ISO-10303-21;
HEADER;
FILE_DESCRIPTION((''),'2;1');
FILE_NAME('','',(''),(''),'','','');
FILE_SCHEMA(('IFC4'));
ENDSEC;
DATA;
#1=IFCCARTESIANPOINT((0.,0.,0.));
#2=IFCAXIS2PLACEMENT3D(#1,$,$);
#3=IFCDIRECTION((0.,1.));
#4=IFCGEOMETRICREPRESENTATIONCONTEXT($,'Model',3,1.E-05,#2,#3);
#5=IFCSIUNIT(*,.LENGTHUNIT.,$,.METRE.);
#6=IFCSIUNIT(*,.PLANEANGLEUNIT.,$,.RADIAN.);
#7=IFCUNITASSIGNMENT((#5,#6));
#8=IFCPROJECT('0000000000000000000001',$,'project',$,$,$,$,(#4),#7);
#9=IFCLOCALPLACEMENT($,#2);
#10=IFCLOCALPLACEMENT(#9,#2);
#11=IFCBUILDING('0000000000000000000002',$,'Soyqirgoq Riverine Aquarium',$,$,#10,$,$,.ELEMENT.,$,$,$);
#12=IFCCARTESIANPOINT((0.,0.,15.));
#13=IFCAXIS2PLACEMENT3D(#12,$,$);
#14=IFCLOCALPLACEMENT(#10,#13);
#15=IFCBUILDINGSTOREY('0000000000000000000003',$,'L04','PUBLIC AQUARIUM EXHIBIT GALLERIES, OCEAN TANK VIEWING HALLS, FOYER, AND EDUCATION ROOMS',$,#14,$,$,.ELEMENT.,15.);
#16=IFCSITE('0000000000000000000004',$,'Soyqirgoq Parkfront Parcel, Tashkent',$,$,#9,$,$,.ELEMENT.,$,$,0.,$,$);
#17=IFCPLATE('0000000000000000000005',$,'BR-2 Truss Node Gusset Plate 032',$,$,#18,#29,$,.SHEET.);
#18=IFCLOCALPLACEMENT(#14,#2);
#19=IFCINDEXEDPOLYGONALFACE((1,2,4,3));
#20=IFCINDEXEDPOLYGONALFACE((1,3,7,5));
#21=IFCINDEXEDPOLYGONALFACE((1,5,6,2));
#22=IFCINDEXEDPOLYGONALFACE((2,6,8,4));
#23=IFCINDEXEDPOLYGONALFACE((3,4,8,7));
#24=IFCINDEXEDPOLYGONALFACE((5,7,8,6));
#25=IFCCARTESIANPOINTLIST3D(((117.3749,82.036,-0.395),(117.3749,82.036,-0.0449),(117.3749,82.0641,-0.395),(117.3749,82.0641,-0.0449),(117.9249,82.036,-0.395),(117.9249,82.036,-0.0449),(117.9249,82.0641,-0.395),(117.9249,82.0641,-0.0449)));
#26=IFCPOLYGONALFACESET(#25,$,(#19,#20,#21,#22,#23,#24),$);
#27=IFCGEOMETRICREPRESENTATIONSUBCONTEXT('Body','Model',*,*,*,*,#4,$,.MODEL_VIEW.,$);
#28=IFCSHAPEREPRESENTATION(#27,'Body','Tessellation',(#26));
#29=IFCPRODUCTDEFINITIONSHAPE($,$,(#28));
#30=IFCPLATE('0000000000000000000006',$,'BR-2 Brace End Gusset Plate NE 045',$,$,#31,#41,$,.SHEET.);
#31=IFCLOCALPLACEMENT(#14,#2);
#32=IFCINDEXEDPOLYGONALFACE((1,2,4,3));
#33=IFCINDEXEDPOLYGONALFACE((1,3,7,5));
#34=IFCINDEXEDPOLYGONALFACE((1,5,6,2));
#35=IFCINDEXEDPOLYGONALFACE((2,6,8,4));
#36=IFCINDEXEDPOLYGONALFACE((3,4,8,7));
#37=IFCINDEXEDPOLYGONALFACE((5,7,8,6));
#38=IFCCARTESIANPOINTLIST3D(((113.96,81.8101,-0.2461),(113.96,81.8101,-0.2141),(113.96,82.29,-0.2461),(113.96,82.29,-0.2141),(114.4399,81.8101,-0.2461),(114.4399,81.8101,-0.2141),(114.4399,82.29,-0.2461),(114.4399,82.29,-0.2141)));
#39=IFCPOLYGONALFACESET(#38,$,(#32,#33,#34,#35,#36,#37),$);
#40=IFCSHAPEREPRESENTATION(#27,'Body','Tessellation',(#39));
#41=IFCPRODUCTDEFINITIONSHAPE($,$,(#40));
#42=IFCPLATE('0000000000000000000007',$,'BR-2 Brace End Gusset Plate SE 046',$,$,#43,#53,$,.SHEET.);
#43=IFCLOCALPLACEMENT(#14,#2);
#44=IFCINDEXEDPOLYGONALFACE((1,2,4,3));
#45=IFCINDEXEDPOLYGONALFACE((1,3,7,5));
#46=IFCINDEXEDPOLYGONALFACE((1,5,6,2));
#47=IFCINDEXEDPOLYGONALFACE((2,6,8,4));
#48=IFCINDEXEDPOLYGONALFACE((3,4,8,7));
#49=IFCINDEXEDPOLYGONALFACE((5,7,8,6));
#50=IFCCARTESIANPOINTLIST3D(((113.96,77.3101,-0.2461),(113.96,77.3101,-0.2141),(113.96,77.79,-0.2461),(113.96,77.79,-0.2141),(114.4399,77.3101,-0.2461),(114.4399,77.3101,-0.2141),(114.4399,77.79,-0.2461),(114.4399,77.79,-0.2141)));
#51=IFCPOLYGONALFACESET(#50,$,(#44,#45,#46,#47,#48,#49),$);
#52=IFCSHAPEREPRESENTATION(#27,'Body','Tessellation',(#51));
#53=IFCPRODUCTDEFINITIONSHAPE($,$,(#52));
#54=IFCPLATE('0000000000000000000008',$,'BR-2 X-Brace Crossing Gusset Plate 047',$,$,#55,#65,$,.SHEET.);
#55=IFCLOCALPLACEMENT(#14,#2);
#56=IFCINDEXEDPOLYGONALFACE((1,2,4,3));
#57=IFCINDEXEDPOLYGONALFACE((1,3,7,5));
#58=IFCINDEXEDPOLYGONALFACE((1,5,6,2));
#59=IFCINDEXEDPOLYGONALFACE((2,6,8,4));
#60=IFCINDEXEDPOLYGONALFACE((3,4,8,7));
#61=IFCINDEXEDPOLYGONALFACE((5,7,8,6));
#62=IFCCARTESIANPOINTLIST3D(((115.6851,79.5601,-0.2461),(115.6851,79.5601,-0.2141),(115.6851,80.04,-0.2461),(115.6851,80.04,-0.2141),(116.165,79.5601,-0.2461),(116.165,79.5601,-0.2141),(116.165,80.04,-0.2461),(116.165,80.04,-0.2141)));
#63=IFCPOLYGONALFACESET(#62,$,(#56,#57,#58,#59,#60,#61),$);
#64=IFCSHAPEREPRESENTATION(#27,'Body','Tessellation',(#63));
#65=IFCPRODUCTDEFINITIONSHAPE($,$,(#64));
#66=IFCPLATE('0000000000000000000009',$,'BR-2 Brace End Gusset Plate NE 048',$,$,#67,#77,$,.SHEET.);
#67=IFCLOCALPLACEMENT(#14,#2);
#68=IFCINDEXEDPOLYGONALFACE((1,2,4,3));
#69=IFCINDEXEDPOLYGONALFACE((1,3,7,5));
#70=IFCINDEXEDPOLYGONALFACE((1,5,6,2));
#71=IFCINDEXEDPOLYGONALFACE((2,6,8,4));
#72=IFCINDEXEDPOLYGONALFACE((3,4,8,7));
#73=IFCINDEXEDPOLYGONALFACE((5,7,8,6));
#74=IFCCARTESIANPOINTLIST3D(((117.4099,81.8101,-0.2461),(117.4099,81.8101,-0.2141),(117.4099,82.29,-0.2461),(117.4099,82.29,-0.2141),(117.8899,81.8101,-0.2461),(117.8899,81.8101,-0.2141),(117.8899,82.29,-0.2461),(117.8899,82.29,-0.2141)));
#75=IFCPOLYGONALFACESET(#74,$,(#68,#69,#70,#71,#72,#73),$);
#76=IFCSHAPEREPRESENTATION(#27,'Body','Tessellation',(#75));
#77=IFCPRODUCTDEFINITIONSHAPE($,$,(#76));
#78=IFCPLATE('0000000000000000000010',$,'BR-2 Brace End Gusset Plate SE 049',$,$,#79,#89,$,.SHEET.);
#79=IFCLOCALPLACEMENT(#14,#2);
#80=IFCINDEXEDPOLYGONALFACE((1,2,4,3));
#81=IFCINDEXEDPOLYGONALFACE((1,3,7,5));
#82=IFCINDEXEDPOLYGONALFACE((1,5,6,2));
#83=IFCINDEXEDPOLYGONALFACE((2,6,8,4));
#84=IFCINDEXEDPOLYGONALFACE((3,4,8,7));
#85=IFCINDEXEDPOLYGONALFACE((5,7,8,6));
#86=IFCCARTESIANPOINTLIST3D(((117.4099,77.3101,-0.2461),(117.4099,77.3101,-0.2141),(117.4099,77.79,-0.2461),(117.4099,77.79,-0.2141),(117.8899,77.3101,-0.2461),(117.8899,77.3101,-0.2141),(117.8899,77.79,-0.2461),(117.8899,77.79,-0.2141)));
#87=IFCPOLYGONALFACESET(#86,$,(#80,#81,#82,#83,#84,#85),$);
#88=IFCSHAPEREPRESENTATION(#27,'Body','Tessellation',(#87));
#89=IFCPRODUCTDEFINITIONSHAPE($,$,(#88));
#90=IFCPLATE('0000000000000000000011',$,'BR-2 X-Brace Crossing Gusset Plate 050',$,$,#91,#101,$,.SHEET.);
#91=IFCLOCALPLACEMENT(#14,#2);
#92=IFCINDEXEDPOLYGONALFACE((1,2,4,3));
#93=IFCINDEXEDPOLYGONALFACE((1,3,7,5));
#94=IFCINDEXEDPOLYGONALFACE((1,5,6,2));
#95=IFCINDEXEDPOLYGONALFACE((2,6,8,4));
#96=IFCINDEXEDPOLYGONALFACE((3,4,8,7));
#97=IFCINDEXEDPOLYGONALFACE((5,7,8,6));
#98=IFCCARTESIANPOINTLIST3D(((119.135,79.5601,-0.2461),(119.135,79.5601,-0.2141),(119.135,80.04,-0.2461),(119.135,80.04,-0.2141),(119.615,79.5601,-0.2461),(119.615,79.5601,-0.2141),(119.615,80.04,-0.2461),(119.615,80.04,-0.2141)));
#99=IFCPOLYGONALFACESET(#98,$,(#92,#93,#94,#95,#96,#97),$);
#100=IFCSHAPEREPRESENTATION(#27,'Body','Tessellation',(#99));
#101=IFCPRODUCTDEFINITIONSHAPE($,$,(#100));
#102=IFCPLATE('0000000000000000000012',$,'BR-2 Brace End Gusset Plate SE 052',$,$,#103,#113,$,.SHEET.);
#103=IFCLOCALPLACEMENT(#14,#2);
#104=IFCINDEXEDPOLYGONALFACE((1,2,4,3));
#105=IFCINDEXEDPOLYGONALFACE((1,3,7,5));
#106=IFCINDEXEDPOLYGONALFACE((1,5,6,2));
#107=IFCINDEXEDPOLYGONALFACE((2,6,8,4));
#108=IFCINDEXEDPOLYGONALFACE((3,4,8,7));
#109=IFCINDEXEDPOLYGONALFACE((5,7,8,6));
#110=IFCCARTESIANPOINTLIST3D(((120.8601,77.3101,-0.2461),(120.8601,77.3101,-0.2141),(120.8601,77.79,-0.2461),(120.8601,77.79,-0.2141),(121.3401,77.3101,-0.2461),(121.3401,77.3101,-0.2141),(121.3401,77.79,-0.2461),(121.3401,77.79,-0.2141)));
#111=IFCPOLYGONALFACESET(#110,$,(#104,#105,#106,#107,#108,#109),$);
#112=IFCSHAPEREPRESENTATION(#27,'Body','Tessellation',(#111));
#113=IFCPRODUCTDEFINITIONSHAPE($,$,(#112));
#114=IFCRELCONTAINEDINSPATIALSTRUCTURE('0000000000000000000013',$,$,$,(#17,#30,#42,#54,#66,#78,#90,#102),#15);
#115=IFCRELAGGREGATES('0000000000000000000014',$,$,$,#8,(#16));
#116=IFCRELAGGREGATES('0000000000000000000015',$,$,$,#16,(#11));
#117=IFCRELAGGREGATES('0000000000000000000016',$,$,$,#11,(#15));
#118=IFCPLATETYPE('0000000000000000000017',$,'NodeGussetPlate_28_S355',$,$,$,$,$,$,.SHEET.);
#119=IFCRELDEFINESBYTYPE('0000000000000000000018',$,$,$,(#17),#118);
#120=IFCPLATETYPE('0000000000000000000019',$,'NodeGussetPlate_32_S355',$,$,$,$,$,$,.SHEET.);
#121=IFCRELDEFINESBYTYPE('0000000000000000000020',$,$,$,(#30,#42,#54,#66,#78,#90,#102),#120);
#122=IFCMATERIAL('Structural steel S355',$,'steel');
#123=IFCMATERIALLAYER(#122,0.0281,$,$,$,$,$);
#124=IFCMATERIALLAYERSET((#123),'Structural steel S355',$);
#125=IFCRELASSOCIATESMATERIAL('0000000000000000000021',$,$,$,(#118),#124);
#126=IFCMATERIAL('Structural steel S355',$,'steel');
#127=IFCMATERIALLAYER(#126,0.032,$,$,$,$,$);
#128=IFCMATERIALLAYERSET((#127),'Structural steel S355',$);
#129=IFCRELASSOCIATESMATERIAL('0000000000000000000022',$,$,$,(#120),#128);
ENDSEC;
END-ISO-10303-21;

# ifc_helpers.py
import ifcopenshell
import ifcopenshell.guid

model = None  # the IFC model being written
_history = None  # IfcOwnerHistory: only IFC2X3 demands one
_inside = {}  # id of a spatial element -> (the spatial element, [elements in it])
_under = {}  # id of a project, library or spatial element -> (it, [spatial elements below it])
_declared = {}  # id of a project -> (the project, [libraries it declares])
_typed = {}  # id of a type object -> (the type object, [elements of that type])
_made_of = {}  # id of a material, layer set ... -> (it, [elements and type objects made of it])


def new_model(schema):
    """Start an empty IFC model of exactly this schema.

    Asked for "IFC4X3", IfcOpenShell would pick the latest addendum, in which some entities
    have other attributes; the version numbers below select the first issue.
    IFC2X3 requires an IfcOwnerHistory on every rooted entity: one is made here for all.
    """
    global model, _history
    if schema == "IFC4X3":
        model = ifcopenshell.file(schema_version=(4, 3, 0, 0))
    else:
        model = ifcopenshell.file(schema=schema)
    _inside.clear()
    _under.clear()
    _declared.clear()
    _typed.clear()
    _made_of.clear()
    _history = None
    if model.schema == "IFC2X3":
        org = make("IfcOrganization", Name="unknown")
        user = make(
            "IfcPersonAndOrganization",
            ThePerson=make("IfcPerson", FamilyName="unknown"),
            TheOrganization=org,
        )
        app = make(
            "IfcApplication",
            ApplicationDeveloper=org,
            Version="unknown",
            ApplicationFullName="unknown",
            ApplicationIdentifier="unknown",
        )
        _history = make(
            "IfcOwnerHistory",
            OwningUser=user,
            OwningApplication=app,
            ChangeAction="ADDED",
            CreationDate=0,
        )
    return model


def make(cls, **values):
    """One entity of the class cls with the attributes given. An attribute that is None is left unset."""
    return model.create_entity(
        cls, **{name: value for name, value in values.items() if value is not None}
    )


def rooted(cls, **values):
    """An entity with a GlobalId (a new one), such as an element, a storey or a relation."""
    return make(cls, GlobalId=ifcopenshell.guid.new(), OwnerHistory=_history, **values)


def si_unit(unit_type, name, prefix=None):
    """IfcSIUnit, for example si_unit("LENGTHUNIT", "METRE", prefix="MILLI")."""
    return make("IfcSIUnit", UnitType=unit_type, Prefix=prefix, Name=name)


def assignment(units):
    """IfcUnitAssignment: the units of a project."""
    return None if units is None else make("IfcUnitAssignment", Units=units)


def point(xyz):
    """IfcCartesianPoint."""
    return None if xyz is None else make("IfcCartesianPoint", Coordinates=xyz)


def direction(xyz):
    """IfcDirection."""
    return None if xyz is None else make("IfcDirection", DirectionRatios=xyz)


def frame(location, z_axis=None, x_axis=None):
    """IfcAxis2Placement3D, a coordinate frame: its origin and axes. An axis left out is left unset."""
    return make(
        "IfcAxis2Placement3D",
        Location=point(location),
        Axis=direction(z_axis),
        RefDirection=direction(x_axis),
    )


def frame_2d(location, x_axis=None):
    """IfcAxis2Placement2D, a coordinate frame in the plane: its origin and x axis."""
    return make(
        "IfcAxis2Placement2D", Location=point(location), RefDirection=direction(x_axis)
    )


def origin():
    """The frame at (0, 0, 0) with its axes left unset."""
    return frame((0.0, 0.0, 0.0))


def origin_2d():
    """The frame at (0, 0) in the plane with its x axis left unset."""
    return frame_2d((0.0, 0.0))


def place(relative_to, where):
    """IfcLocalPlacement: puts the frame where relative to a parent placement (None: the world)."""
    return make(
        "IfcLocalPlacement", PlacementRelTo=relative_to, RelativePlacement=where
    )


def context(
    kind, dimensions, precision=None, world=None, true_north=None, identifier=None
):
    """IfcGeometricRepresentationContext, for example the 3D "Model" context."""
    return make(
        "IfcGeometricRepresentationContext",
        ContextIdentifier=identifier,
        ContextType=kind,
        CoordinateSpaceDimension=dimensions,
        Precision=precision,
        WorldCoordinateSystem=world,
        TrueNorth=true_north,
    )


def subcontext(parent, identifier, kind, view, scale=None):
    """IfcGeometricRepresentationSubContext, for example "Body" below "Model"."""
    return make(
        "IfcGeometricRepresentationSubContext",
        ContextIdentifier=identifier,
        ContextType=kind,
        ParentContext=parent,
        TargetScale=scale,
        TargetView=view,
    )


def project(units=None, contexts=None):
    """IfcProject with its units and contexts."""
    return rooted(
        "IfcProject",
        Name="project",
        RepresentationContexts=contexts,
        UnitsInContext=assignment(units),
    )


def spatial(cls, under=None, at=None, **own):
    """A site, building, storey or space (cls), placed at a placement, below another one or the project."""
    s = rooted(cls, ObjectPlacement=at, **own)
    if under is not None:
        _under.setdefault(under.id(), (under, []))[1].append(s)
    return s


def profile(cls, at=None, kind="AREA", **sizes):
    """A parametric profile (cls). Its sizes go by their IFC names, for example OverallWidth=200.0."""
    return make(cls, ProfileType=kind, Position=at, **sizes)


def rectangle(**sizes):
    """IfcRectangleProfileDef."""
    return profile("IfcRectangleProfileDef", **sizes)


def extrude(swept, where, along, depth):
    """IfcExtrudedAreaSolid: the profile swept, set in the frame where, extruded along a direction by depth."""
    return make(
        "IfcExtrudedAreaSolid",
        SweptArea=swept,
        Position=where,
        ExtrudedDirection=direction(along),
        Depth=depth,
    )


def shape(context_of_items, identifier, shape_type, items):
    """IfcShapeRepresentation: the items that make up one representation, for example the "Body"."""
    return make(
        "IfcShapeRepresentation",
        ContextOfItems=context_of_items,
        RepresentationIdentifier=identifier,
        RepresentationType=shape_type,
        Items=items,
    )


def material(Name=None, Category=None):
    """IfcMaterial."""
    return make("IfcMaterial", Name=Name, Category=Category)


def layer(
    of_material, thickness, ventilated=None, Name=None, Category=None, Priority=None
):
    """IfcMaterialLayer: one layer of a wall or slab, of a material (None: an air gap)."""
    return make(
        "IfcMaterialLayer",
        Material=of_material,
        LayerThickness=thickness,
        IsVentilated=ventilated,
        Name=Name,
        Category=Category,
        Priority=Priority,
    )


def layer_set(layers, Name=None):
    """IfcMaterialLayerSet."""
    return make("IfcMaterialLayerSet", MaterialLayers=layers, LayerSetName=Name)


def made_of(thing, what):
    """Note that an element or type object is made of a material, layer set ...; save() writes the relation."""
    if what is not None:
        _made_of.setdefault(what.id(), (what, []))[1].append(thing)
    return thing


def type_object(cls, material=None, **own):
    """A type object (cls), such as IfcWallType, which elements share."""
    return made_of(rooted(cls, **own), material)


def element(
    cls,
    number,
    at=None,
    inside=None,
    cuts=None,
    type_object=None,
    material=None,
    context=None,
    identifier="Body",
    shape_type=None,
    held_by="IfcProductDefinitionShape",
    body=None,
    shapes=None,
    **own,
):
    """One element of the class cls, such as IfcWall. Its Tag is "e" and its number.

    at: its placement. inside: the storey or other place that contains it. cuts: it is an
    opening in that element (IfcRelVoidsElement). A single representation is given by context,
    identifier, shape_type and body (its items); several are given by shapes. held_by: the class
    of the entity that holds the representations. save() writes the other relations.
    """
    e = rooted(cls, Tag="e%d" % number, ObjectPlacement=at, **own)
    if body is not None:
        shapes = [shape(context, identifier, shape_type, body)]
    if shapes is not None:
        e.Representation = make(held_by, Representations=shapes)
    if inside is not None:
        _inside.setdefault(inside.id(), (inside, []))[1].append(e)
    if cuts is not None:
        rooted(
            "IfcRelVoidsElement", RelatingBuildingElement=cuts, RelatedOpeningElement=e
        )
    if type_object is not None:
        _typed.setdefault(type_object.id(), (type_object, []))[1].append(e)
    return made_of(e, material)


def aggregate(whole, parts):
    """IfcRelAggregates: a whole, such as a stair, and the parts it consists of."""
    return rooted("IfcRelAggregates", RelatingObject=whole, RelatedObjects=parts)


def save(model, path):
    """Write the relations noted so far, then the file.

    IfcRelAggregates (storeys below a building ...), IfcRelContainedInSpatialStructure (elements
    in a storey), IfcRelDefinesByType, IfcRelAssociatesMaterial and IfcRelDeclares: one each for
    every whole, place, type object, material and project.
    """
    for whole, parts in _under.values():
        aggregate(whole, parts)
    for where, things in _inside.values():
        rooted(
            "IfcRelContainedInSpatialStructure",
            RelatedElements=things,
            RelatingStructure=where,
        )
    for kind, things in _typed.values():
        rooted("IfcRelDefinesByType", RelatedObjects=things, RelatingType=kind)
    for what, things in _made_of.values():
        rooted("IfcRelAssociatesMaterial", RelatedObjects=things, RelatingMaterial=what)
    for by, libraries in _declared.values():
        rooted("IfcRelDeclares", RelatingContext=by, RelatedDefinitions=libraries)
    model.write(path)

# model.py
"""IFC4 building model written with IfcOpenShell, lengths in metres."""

from ifc_helpers import new_model, si_unit, direction, frame, origin, origin_2d, place, context, subcontext, project, spatial, rectangle, extrude, material, layer, layer_set, type_object, element, save


model = new_model("IFC4")

# Units and contexts
model_context = context("Model", 3, precision=1e-05, world=origin(), true_north=direction((0.0, 1.0)))
body_context = subcontext(model_context, "Body", "Model", "MODEL_VIEW")
ifc_project = project(units=[si_unit("LENGTHUNIT", "METRE"), si_unit("PLANEANGLEUNIT", "RADIAN")], contexts=[model_context])

# Site, building, storey
site_placement = place(None, origin())
site = spatial("IfcSite", under=ifc_project, at=site_placement, Name="Soyqirgoq Parkfront Parcel, Tashkent", CompositionType="ELEMENT", RefElevation=0.0)
building_placement = place(site_placement, origin())
building = spatial("IfcBuilding", under=site, at=building_placement, Name="Soyqirgoq Riverine Aquarium", CompositionType="ELEMENT")
storey_placement = place(building_placement, frame((0.0, 0.0, 15.0)))
storey = spatial("IfcBuildingStorey", under=building, at=storey_placement, Name="L04", Description="PUBLIC AQUARIUM EXHIBIT GALLERIES, OCEAN TANK VIEWING HALLS, FOYER, AND EDUCATION ROOMS", CompositionType="ELEMENT", Elevation=15.0)

# Plates
ifc_material_1 = material(Name="Structural steel S355", Category="steel")
ifc_layer_1 = layer(ifc_material_1, 0.0281)
ifc_layer_set_1 = layer_set([ifc_layer_1], Name="Structural steel S355")
plate_type_1 = type_object("IfcPlateType", Name="NodeGussetPlate_28_S355", PredefinedType="SHEET", material=ifc_layer_set_1)
for number, where, z_axis, x_axis, name in (
    (1, (117.6499, 82.05, -0.395), (0.0, 0.0, 1.0), (1.0, 0.0, 0.0), "BR-2 Truss Node Gusset Plate 032"),
):
    element("IfcPlate", number, at=place(storey_placement, frame(where, z_axis=z_axis, x_axis=x_axis)), inside=storey, type_object=plate_type_1, Name=name, PredefinedType="SHEET", context=body_context, shape_type="SweptSolid", body=[
        extrude(rectangle(XDim=0.55, YDim=0.0281, at=origin_2d()), origin(), (0.0, 0.0, 1.0), 0.3501),
    ])
ifc_material_2 = material(Name="Structural steel S355", Category="steel")
ifc_layer_2 = layer(ifc_material_2, 0.032)
ifc_layer_set_2 = layer_set([ifc_layer_2], Name="Structural steel S355")
plate_type_2 = type_object("IfcPlateType", Name="NodeGussetPlate_32_S355", PredefinedType="SHEET", material=ifc_layer_set_2)
for number, where, z_axis, x_axis, name in (
    (2, (114.2, 82.05, -0.2461), (0.0, 0.0, 1.0), (1.0, 0.0, 0.0), "BR-2 Brace End Gusset Plate NE 045"),
    (3, (114.2, 77.55, -0.2461), (0.0, 0.0, 1.0), (1.0, 0.0, 0.0), "BR-2 Brace End Gusset Plate SE 046"),
    (4, (115.925, 79.8, -0.2461), (0.0, 0.0, 1.0), (1.0, 0.0, 0.0), "BR-2 X-Brace Crossing Gusset Plate 047"),
    (5, (117.6499, 82.05, -0.2461), (0.0, 0.0, 1.0), (1.0, 0.0, 0.0), "BR-2 Brace End Gusset Plate NE 048"),
    (6, (117.6499, 77.55, -0.2461), (0.0, 0.0, 1.0), (1.0, 0.0, 0.0), "BR-2 Brace End Gusset Plate SE 049"),
    (7, (119.375, 79.8, -0.2461), (0.0, 0.0, 1.0), (1.0, 0.0, 0.0), "BR-2 X-Brace Crossing Gusset Plate 050"),
    (8, (121.1001, 77.55, -0.2461), (0.0, 0.0, 1.0), (1.0, 0.0, 0.0), "BR-2 Brace End Gusset Plate SE 052"),
):
    element("IfcPlate", number, at=place(storey_placement, frame(where, z_axis=z_axis, x_axis=x_axis)), inside=storey, type_object=plate_type_2, Name=name, PredefinedType="SHEET", context=body_context, shape_type="SweptSolid", body=[
        extrude(rectangle(XDim=0.48, YDim=0.48, at=origin_2d()), origin(), (0.0, 0.0, 1.0), 0.032),
    ])

save(model, "model.ifc")
